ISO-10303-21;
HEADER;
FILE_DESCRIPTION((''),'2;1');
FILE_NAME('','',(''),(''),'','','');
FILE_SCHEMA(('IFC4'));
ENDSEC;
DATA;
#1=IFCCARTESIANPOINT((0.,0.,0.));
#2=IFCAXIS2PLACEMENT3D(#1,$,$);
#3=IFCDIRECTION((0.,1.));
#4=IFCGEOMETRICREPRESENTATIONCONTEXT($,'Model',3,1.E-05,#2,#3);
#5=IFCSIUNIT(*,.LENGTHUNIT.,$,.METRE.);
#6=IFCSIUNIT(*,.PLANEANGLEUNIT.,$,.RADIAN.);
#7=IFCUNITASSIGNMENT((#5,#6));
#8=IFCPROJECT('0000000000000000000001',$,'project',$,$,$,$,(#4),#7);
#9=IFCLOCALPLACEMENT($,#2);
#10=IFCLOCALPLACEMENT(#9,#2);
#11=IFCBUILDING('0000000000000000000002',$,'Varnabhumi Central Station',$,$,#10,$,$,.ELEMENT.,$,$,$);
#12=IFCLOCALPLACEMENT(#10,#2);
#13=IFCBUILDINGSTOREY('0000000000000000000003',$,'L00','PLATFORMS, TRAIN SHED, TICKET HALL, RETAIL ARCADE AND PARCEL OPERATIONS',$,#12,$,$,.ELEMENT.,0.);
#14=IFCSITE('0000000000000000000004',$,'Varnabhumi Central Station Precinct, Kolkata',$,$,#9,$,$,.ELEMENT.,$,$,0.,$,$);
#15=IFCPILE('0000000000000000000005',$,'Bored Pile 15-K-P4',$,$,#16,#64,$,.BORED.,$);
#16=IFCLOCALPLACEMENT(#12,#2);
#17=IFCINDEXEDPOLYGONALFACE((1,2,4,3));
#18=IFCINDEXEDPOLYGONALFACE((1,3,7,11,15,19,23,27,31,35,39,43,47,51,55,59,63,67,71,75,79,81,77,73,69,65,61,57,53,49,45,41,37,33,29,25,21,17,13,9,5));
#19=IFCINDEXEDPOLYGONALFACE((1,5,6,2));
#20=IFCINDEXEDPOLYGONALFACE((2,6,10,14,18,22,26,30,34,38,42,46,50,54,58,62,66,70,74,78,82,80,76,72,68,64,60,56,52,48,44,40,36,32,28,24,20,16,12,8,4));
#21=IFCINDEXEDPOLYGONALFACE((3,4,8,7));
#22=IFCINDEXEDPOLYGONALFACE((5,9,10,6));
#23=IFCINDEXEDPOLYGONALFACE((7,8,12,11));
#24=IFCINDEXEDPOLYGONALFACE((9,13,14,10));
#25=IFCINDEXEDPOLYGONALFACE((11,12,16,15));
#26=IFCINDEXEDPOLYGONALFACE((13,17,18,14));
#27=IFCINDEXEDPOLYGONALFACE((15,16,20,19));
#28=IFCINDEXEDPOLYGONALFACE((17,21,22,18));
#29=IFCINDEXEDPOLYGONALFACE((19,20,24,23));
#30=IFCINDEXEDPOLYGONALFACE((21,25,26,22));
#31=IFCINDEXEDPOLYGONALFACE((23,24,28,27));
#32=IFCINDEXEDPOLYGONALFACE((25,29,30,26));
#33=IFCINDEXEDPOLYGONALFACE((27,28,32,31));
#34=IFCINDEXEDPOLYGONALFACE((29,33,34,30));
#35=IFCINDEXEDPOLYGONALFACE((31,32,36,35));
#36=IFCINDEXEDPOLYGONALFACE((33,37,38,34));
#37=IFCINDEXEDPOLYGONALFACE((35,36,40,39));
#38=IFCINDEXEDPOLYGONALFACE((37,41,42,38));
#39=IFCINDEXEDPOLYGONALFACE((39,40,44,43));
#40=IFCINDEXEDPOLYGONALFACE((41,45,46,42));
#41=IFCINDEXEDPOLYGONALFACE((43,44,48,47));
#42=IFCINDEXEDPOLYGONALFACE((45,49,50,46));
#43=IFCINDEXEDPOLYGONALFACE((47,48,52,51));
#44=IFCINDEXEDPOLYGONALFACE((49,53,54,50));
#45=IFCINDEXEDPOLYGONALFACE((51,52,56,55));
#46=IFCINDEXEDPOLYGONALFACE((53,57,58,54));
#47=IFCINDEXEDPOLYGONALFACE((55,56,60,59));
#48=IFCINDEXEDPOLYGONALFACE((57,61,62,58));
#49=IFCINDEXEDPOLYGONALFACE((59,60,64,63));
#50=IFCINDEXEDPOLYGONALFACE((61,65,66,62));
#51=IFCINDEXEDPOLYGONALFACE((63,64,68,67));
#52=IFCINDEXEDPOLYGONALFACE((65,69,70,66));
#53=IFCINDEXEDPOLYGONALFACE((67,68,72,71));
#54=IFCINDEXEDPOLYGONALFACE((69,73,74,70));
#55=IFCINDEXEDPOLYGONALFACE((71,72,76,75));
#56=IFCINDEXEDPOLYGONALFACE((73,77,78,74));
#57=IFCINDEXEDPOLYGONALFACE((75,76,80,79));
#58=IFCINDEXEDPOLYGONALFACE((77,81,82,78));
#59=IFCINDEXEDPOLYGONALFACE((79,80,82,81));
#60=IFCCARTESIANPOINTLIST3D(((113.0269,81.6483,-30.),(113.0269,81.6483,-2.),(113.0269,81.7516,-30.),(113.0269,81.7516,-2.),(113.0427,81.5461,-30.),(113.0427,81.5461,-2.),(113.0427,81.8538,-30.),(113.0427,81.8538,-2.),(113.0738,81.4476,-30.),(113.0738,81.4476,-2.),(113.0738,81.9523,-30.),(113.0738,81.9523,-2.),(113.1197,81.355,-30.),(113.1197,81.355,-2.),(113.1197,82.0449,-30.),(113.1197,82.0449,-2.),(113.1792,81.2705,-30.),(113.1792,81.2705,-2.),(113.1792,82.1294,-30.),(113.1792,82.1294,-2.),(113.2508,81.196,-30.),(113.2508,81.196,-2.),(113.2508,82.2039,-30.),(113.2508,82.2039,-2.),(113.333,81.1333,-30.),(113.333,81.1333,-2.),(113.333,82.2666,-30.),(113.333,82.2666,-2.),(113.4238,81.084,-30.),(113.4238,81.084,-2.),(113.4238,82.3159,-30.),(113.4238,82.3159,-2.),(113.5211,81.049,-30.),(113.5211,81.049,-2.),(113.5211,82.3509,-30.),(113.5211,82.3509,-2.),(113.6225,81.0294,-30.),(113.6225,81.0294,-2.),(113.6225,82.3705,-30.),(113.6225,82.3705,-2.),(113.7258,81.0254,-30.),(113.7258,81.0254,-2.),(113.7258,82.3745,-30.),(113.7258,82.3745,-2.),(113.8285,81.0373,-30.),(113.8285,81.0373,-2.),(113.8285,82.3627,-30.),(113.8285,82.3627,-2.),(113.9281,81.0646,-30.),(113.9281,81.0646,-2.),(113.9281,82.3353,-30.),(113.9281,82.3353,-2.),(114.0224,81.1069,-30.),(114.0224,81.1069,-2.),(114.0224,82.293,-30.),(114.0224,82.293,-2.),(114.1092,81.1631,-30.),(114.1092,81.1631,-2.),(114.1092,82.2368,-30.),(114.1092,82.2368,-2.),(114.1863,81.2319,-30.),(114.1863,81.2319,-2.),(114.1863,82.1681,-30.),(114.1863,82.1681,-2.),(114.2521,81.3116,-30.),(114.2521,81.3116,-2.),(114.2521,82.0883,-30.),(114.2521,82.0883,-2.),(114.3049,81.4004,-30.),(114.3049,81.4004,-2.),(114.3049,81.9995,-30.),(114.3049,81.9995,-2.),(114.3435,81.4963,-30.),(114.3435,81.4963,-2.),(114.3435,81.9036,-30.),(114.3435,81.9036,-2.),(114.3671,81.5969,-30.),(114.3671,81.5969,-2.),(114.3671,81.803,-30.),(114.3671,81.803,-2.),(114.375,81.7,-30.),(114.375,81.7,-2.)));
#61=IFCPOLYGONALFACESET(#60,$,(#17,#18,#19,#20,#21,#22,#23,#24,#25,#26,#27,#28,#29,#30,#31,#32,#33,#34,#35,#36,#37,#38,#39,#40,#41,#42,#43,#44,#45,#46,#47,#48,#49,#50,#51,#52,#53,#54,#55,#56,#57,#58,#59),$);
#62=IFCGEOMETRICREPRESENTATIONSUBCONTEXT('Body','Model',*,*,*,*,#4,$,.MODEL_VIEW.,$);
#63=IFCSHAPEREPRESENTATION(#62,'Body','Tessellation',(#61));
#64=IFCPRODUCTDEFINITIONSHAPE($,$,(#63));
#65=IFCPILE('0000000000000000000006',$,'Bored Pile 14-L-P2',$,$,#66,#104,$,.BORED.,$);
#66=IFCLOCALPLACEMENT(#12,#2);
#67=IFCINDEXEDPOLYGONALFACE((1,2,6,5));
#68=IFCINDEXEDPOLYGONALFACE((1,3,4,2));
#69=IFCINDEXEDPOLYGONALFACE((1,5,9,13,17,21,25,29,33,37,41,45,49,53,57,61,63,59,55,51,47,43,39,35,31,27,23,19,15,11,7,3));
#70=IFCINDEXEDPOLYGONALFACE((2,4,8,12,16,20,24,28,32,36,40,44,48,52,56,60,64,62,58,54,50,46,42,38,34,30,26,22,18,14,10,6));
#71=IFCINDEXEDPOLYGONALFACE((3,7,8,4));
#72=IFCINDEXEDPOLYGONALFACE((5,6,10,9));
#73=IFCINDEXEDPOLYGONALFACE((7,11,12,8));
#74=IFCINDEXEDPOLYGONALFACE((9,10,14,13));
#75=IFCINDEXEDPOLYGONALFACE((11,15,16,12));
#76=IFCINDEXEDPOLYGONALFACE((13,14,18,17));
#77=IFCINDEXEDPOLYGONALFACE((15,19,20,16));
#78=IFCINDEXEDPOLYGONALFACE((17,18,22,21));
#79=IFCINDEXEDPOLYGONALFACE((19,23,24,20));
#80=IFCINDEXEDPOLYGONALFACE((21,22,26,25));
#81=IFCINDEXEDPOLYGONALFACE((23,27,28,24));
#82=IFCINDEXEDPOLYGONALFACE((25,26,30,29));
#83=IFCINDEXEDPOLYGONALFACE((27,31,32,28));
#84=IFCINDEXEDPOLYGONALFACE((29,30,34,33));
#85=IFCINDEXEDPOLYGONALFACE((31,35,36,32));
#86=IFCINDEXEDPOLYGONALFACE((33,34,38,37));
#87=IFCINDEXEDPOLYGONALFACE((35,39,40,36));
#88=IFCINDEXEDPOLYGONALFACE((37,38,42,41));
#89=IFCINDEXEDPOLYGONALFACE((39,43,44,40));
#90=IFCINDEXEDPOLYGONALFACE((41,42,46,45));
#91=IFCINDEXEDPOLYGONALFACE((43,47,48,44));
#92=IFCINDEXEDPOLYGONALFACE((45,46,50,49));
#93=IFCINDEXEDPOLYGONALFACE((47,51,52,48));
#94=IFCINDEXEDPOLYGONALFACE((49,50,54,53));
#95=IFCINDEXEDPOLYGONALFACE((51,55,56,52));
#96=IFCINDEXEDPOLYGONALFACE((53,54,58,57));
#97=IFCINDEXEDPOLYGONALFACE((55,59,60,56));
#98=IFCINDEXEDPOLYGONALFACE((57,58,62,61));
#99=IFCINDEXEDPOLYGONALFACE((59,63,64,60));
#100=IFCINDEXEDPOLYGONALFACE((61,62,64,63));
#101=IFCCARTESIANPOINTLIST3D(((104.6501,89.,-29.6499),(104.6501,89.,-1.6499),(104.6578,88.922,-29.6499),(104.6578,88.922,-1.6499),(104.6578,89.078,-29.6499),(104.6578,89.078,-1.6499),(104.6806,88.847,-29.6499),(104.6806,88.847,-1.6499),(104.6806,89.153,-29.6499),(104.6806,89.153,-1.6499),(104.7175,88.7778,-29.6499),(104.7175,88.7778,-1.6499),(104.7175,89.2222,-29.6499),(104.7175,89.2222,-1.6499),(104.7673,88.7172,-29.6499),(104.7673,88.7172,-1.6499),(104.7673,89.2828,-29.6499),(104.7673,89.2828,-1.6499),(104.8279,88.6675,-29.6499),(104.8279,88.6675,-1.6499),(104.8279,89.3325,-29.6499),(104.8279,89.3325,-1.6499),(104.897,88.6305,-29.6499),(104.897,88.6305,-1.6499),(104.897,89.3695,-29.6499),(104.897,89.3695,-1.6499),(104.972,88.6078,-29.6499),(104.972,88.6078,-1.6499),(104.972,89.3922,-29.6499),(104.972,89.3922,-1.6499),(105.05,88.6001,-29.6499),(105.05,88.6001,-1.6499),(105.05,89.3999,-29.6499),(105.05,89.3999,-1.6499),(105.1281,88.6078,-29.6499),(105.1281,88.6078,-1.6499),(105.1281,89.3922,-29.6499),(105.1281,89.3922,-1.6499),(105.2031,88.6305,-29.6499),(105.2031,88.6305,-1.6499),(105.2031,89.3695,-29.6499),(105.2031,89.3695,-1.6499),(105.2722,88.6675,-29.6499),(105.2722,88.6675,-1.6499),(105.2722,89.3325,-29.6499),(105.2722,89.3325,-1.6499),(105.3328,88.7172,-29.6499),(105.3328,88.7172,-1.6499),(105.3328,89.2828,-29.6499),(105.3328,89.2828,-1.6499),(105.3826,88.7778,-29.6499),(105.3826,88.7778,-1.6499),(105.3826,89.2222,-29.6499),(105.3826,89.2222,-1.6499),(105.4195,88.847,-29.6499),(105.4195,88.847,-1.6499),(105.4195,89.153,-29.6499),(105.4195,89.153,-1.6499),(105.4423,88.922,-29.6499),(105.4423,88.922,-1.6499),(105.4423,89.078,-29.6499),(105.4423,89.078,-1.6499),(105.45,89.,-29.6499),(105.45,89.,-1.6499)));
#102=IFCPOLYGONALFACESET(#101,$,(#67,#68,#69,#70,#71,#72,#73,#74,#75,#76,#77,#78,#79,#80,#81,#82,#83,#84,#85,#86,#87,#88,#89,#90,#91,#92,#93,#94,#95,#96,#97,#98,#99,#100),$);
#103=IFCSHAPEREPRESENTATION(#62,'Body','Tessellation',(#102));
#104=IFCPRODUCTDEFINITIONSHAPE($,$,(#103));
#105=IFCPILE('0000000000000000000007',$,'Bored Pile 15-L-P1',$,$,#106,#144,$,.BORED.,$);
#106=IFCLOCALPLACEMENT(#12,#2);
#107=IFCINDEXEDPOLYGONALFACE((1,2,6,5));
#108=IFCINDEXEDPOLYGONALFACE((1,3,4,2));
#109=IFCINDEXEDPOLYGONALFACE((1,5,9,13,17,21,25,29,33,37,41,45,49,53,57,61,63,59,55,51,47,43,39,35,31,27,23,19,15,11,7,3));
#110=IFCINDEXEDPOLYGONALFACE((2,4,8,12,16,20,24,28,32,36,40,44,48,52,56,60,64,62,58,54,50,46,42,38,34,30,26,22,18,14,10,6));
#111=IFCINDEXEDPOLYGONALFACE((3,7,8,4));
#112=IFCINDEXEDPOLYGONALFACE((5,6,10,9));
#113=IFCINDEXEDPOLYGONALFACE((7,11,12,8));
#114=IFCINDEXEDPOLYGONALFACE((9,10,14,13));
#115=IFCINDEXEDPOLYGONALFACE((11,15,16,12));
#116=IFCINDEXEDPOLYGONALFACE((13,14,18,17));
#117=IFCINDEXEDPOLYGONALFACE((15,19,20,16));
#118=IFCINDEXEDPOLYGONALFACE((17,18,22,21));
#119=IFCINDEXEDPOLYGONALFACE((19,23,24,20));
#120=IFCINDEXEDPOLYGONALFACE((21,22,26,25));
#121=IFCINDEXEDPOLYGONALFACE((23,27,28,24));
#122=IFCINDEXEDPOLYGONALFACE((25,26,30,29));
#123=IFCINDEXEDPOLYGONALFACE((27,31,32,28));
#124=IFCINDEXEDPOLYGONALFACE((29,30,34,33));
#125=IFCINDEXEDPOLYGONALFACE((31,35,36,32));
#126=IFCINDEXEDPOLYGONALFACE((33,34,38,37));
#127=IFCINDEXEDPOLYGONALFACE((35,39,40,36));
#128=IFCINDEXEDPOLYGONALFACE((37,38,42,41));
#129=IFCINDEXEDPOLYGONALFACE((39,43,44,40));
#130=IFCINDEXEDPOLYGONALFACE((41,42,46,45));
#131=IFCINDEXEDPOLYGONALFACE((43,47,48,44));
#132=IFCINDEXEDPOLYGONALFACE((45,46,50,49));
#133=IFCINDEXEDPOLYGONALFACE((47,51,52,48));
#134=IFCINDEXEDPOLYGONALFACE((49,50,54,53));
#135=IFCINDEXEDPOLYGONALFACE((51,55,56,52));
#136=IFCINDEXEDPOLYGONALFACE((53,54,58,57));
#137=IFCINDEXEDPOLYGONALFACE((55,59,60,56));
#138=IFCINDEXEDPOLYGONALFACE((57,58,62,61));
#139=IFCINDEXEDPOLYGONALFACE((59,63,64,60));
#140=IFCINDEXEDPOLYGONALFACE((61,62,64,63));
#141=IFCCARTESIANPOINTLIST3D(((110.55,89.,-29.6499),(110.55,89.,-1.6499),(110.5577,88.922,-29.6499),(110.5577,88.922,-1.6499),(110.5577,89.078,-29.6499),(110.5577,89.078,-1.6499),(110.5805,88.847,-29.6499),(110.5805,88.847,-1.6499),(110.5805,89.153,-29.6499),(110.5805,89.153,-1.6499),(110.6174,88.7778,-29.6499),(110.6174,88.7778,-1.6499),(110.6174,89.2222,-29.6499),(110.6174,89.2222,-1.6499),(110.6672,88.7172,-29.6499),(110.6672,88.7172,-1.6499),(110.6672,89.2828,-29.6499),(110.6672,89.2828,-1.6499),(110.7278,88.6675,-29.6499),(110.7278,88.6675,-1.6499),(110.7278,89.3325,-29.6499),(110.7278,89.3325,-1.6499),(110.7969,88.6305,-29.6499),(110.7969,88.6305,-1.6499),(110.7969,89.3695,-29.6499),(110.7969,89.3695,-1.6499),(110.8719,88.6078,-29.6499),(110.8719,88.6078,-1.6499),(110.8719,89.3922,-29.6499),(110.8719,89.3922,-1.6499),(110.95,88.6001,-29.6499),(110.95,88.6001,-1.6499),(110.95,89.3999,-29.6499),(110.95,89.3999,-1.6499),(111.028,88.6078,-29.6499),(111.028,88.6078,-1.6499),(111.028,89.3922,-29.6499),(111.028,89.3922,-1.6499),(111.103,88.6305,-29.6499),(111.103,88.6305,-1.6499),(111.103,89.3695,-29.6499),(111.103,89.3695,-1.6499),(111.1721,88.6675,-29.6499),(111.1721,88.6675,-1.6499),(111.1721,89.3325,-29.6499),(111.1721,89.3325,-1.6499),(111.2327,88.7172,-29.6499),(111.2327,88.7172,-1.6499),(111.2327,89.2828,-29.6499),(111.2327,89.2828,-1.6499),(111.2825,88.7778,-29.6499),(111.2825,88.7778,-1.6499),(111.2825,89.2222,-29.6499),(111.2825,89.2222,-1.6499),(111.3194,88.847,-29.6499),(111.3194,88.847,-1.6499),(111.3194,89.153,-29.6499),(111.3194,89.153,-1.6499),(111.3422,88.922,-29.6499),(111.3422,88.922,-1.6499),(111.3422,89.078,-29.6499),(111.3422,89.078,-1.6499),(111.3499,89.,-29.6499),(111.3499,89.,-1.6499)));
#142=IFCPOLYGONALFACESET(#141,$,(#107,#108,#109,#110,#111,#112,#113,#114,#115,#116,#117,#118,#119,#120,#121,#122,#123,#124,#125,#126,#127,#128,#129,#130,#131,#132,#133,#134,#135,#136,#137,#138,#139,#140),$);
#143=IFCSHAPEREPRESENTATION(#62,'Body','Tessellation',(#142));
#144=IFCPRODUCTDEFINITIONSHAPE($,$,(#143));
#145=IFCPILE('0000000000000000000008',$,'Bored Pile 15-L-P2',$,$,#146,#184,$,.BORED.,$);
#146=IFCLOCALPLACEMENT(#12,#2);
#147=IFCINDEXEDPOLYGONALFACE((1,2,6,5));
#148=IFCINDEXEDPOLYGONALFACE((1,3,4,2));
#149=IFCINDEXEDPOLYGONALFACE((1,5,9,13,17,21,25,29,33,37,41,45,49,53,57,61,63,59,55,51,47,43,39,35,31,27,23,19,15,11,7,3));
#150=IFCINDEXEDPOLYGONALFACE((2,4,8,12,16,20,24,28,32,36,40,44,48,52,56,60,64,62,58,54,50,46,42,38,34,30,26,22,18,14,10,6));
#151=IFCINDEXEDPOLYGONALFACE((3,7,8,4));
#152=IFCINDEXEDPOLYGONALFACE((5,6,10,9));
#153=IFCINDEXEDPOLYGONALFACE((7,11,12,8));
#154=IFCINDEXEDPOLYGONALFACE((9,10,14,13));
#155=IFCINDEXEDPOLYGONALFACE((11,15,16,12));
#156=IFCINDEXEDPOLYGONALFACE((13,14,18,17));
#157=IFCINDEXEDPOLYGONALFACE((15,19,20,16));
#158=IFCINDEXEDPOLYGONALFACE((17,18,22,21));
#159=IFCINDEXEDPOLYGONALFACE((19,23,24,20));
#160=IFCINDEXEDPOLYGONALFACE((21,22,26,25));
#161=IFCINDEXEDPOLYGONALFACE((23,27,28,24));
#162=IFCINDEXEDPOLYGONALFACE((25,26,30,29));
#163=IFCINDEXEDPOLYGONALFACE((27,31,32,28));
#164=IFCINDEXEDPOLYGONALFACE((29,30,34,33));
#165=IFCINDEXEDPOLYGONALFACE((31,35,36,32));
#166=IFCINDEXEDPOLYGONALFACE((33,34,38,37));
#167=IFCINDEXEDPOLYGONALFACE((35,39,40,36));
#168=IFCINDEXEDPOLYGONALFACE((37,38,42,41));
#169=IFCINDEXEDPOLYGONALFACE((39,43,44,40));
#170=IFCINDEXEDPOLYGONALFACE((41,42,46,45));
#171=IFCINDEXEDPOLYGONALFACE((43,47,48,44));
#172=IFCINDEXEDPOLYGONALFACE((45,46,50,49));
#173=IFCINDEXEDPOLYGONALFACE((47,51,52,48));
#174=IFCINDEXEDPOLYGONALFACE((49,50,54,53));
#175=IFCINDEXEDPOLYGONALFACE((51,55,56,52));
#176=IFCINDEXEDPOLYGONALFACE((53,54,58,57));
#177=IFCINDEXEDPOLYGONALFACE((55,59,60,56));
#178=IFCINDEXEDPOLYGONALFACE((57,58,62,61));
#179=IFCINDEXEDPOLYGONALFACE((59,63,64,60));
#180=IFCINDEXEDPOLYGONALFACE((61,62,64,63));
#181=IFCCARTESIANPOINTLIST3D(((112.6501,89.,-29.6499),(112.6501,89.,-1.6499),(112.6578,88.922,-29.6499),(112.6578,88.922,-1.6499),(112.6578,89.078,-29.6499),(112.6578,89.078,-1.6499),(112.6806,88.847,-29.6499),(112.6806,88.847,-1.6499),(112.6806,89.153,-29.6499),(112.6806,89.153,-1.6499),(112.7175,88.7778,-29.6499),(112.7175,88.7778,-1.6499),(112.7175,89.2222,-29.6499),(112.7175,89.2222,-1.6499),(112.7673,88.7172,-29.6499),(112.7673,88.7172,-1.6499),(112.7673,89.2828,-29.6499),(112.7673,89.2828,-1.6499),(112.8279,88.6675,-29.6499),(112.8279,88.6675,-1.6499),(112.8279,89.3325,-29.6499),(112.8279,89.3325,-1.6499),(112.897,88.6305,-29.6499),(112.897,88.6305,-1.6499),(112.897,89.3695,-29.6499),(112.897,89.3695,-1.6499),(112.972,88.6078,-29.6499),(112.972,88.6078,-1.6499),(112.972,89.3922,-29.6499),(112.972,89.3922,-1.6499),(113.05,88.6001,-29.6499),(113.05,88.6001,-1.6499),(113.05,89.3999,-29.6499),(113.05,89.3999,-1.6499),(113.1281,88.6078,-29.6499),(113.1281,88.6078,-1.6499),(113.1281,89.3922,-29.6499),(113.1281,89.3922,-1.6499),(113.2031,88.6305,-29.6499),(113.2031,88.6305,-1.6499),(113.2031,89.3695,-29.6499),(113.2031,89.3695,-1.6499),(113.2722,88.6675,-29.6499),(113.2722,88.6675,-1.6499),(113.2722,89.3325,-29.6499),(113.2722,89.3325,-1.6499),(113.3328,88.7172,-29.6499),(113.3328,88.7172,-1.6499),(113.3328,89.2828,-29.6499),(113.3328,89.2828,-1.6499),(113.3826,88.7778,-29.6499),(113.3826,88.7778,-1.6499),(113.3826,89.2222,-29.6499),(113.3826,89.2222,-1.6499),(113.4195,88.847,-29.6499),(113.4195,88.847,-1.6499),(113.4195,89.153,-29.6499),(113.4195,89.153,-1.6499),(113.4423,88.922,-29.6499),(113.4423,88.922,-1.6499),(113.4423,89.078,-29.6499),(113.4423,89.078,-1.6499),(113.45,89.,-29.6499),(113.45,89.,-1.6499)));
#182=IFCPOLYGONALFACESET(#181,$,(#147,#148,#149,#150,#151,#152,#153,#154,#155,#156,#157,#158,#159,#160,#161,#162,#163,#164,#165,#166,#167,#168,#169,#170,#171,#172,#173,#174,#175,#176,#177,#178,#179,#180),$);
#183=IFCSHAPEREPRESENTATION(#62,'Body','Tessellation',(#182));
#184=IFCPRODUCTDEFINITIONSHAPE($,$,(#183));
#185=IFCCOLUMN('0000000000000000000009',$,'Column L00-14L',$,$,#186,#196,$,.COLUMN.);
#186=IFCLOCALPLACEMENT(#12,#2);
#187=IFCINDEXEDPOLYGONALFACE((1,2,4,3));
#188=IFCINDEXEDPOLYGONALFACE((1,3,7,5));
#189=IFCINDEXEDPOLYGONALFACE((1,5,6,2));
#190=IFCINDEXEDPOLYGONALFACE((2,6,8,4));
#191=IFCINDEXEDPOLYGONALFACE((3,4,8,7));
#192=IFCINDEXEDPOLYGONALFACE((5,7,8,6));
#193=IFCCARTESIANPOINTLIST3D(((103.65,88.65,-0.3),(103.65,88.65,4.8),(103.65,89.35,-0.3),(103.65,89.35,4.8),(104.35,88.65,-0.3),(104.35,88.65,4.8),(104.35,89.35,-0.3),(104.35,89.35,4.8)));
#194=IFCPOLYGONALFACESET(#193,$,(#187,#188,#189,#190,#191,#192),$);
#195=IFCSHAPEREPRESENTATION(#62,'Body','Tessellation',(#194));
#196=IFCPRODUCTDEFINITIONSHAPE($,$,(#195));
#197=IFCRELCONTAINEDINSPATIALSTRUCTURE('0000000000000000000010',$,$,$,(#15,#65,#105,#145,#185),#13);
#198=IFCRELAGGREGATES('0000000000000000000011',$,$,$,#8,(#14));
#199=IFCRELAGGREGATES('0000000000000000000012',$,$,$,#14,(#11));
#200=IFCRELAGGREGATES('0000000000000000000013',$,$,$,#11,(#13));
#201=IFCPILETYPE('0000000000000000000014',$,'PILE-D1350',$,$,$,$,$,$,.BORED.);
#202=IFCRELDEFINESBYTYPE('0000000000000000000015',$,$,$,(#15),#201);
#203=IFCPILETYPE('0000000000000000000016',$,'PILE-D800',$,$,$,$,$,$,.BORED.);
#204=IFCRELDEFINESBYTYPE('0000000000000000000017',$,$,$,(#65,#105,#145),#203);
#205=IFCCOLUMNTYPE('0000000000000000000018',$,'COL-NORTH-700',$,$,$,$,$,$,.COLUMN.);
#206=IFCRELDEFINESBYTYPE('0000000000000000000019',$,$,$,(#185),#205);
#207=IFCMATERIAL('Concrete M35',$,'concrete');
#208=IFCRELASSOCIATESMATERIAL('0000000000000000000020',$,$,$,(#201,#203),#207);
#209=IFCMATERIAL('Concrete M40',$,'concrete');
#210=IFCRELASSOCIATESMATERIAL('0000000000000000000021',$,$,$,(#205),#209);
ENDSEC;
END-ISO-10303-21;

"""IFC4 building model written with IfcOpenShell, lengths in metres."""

from ifc_helpers import new_model, si_unit, direction, frame, origin, origin_2d, place, context, subcontext, project, spatial, rectangle, circle, extrude, material, material_profile, profile_set, type_object, element, save


model = new_model("IFC4")

# Units and contexts
model_context = context("Model", 3, precision=1e-05, world=origin(), true_north=direction((0.0, 1.0)))
body_context = subcontext(model_context, "Body", "Model", "MODEL_VIEW")
ifc_project = project(units=[si_unit("LENGTHUNIT", "METRE"), si_unit("PLANEANGLEUNIT", "RADIAN")], contexts=[model_context])

# Site, building, storey
site_placement = place(None, origin())
site = spatial("IfcSite", under=ifc_project, at=site_placement, Name="Varnabhumi Central Station Precinct, Kolkata", CompositionType="ELEMENT", RefElevation=0.0)
building_placement = place(site_placement, origin())
building = spatial("IfcBuilding", under=site, at=building_placement, Name="Varnabhumi Central Station", CompositionType="ELEMENT")
storey_placement = place(building_placement, origin())
storey = spatial("IfcBuildingStorey", under=building, at=storey_placement, Name="L00", Description="PLATFORMS, TRAIN SHED, TICKET HALL, RETAIL ARCADE AND PARCEL OPERATIONS", CompositionType="ELEMENT", Elevation=0.0)

# Shared definitions
ifc_material_1 = material(Name="Concrete M40", Category="concrete")

# Piles
ifc_material_2 = material(Name="Concrete M35", Category="concrete")
ifc_material_profile_1 = material_profile(ifc_material_2, circle(Radius=0.675, at=origin_2d()), Name="Concrete M35", Category="concrete")
ifc_profile_set_1 = profile_set([ifc_material_profile_1], Name="Concrete M35")
pile_type_1 = type_object("IfcPileType", Name="PILE-D1350", PredefinedType="BORED", material=ifc_profile_set_1)
for number, where, z_axis, x_axis, name in (
    (1, (113.7, 81.7, -2.0), (0.0, 0.0, -1.0), (1.0, 0.0, 0.0), "Bored Pile 15-K-P4"),
):
    element("IfcPile", number, at=place(storey_placement, frame(where, z_axis=z_axis, x_axis=x_axis)), inside=storey, type_object=pile_type_1, Name=name, PredefinedType="BORED", context=body_context, shape_type="SweptSolid", body=[
        extrude(circle(Radius=0.675, at=origin_2d()), origin(), (0.0, 0.0, 1.0), 28.0),
    ])
ifc_material_profile_2 = material_profile(ifc_material_2, circle(Radius=0.3999, at=origin_2d()), Name="Concrete M35", Category="concrete")
ifc_profile_set_2 = profile_set([ifc_material_profile_2], Name="Concrete M35")
pile_type_2 = type_object("IfcPileType", Name="PILE-D800", PredefinedType="BORED", material=ifc_profile_set_2)
for number, where, z_axis, x_axis, name in (
    (2, (105.05, 89.0, -1.6499), (0.0, 0.0, -1.0), (1.0, 0.0, 0.0), "Bored Pile 14-L-P2"),
    (3, (110.95, 89.0, -1.6499), (0.0, 0.0, -1.0), (1.0, 0.0, 0.0), "Bored Pile 15-L-P1"),
    (4, (113.05, 89.0, -1.6499), (0.0, 0.0, -1.0), (1.0, 0.0, 0.0), "Bored Pile 15-L-P2"),
):
    element("IfcPile", number, at=place(storey_placement, frame(where, z_axis=z_axis, x_axis=x_axis)), inside=storey, type_object=pile_type_2, Name=name, PredefinedType="BORED", context=body_context, shape_type="SweptSolid", body=[
        extrude(circle(Radius=0.3999, at=origin_2d()), origin(), (0.0, 0.0, 1.0), 28.0),
    ])

# Column
ifc_material_profile_3 = material_profile(ifc_material_1, rectangle(XDim=0.7, YDim=0.7, at=origin_2d()), Name="Concrete M40", Category="concrete")
ifc_profile_set_3 = profile_set([ifc_material_profile_3], Name="Concrete M40")
column_type_1 = type_object("IfcColumnType", Name="COL-NORTH-700", PredefinedType="COLUMN", material=ifc_profile_set_3)
for number, where, z_axis, x_axis, name in (
    (5, (104.0, 89.0, -0.3), (0.0, 0.0, 1.0), (1.0, 0.0, 0.0), "Column L00-14L"),
):
    element("IfcColumn", number, at=place(storey_placement, frame(where, z_axis=z_axis, x_axis=x_axis)), inside=storey, type_object=column_type_1, Name=name, PredefinedType="COLUMN", context=body_context, shape_type="SweptSolid", body=[
        extrude(rectangle(XDim=0.7, YDim=0.7, at=origin_2d()), origin(), (0.0, 0.0, 1.0), 5.1001),
    ])

save(model, "model.ifc")
